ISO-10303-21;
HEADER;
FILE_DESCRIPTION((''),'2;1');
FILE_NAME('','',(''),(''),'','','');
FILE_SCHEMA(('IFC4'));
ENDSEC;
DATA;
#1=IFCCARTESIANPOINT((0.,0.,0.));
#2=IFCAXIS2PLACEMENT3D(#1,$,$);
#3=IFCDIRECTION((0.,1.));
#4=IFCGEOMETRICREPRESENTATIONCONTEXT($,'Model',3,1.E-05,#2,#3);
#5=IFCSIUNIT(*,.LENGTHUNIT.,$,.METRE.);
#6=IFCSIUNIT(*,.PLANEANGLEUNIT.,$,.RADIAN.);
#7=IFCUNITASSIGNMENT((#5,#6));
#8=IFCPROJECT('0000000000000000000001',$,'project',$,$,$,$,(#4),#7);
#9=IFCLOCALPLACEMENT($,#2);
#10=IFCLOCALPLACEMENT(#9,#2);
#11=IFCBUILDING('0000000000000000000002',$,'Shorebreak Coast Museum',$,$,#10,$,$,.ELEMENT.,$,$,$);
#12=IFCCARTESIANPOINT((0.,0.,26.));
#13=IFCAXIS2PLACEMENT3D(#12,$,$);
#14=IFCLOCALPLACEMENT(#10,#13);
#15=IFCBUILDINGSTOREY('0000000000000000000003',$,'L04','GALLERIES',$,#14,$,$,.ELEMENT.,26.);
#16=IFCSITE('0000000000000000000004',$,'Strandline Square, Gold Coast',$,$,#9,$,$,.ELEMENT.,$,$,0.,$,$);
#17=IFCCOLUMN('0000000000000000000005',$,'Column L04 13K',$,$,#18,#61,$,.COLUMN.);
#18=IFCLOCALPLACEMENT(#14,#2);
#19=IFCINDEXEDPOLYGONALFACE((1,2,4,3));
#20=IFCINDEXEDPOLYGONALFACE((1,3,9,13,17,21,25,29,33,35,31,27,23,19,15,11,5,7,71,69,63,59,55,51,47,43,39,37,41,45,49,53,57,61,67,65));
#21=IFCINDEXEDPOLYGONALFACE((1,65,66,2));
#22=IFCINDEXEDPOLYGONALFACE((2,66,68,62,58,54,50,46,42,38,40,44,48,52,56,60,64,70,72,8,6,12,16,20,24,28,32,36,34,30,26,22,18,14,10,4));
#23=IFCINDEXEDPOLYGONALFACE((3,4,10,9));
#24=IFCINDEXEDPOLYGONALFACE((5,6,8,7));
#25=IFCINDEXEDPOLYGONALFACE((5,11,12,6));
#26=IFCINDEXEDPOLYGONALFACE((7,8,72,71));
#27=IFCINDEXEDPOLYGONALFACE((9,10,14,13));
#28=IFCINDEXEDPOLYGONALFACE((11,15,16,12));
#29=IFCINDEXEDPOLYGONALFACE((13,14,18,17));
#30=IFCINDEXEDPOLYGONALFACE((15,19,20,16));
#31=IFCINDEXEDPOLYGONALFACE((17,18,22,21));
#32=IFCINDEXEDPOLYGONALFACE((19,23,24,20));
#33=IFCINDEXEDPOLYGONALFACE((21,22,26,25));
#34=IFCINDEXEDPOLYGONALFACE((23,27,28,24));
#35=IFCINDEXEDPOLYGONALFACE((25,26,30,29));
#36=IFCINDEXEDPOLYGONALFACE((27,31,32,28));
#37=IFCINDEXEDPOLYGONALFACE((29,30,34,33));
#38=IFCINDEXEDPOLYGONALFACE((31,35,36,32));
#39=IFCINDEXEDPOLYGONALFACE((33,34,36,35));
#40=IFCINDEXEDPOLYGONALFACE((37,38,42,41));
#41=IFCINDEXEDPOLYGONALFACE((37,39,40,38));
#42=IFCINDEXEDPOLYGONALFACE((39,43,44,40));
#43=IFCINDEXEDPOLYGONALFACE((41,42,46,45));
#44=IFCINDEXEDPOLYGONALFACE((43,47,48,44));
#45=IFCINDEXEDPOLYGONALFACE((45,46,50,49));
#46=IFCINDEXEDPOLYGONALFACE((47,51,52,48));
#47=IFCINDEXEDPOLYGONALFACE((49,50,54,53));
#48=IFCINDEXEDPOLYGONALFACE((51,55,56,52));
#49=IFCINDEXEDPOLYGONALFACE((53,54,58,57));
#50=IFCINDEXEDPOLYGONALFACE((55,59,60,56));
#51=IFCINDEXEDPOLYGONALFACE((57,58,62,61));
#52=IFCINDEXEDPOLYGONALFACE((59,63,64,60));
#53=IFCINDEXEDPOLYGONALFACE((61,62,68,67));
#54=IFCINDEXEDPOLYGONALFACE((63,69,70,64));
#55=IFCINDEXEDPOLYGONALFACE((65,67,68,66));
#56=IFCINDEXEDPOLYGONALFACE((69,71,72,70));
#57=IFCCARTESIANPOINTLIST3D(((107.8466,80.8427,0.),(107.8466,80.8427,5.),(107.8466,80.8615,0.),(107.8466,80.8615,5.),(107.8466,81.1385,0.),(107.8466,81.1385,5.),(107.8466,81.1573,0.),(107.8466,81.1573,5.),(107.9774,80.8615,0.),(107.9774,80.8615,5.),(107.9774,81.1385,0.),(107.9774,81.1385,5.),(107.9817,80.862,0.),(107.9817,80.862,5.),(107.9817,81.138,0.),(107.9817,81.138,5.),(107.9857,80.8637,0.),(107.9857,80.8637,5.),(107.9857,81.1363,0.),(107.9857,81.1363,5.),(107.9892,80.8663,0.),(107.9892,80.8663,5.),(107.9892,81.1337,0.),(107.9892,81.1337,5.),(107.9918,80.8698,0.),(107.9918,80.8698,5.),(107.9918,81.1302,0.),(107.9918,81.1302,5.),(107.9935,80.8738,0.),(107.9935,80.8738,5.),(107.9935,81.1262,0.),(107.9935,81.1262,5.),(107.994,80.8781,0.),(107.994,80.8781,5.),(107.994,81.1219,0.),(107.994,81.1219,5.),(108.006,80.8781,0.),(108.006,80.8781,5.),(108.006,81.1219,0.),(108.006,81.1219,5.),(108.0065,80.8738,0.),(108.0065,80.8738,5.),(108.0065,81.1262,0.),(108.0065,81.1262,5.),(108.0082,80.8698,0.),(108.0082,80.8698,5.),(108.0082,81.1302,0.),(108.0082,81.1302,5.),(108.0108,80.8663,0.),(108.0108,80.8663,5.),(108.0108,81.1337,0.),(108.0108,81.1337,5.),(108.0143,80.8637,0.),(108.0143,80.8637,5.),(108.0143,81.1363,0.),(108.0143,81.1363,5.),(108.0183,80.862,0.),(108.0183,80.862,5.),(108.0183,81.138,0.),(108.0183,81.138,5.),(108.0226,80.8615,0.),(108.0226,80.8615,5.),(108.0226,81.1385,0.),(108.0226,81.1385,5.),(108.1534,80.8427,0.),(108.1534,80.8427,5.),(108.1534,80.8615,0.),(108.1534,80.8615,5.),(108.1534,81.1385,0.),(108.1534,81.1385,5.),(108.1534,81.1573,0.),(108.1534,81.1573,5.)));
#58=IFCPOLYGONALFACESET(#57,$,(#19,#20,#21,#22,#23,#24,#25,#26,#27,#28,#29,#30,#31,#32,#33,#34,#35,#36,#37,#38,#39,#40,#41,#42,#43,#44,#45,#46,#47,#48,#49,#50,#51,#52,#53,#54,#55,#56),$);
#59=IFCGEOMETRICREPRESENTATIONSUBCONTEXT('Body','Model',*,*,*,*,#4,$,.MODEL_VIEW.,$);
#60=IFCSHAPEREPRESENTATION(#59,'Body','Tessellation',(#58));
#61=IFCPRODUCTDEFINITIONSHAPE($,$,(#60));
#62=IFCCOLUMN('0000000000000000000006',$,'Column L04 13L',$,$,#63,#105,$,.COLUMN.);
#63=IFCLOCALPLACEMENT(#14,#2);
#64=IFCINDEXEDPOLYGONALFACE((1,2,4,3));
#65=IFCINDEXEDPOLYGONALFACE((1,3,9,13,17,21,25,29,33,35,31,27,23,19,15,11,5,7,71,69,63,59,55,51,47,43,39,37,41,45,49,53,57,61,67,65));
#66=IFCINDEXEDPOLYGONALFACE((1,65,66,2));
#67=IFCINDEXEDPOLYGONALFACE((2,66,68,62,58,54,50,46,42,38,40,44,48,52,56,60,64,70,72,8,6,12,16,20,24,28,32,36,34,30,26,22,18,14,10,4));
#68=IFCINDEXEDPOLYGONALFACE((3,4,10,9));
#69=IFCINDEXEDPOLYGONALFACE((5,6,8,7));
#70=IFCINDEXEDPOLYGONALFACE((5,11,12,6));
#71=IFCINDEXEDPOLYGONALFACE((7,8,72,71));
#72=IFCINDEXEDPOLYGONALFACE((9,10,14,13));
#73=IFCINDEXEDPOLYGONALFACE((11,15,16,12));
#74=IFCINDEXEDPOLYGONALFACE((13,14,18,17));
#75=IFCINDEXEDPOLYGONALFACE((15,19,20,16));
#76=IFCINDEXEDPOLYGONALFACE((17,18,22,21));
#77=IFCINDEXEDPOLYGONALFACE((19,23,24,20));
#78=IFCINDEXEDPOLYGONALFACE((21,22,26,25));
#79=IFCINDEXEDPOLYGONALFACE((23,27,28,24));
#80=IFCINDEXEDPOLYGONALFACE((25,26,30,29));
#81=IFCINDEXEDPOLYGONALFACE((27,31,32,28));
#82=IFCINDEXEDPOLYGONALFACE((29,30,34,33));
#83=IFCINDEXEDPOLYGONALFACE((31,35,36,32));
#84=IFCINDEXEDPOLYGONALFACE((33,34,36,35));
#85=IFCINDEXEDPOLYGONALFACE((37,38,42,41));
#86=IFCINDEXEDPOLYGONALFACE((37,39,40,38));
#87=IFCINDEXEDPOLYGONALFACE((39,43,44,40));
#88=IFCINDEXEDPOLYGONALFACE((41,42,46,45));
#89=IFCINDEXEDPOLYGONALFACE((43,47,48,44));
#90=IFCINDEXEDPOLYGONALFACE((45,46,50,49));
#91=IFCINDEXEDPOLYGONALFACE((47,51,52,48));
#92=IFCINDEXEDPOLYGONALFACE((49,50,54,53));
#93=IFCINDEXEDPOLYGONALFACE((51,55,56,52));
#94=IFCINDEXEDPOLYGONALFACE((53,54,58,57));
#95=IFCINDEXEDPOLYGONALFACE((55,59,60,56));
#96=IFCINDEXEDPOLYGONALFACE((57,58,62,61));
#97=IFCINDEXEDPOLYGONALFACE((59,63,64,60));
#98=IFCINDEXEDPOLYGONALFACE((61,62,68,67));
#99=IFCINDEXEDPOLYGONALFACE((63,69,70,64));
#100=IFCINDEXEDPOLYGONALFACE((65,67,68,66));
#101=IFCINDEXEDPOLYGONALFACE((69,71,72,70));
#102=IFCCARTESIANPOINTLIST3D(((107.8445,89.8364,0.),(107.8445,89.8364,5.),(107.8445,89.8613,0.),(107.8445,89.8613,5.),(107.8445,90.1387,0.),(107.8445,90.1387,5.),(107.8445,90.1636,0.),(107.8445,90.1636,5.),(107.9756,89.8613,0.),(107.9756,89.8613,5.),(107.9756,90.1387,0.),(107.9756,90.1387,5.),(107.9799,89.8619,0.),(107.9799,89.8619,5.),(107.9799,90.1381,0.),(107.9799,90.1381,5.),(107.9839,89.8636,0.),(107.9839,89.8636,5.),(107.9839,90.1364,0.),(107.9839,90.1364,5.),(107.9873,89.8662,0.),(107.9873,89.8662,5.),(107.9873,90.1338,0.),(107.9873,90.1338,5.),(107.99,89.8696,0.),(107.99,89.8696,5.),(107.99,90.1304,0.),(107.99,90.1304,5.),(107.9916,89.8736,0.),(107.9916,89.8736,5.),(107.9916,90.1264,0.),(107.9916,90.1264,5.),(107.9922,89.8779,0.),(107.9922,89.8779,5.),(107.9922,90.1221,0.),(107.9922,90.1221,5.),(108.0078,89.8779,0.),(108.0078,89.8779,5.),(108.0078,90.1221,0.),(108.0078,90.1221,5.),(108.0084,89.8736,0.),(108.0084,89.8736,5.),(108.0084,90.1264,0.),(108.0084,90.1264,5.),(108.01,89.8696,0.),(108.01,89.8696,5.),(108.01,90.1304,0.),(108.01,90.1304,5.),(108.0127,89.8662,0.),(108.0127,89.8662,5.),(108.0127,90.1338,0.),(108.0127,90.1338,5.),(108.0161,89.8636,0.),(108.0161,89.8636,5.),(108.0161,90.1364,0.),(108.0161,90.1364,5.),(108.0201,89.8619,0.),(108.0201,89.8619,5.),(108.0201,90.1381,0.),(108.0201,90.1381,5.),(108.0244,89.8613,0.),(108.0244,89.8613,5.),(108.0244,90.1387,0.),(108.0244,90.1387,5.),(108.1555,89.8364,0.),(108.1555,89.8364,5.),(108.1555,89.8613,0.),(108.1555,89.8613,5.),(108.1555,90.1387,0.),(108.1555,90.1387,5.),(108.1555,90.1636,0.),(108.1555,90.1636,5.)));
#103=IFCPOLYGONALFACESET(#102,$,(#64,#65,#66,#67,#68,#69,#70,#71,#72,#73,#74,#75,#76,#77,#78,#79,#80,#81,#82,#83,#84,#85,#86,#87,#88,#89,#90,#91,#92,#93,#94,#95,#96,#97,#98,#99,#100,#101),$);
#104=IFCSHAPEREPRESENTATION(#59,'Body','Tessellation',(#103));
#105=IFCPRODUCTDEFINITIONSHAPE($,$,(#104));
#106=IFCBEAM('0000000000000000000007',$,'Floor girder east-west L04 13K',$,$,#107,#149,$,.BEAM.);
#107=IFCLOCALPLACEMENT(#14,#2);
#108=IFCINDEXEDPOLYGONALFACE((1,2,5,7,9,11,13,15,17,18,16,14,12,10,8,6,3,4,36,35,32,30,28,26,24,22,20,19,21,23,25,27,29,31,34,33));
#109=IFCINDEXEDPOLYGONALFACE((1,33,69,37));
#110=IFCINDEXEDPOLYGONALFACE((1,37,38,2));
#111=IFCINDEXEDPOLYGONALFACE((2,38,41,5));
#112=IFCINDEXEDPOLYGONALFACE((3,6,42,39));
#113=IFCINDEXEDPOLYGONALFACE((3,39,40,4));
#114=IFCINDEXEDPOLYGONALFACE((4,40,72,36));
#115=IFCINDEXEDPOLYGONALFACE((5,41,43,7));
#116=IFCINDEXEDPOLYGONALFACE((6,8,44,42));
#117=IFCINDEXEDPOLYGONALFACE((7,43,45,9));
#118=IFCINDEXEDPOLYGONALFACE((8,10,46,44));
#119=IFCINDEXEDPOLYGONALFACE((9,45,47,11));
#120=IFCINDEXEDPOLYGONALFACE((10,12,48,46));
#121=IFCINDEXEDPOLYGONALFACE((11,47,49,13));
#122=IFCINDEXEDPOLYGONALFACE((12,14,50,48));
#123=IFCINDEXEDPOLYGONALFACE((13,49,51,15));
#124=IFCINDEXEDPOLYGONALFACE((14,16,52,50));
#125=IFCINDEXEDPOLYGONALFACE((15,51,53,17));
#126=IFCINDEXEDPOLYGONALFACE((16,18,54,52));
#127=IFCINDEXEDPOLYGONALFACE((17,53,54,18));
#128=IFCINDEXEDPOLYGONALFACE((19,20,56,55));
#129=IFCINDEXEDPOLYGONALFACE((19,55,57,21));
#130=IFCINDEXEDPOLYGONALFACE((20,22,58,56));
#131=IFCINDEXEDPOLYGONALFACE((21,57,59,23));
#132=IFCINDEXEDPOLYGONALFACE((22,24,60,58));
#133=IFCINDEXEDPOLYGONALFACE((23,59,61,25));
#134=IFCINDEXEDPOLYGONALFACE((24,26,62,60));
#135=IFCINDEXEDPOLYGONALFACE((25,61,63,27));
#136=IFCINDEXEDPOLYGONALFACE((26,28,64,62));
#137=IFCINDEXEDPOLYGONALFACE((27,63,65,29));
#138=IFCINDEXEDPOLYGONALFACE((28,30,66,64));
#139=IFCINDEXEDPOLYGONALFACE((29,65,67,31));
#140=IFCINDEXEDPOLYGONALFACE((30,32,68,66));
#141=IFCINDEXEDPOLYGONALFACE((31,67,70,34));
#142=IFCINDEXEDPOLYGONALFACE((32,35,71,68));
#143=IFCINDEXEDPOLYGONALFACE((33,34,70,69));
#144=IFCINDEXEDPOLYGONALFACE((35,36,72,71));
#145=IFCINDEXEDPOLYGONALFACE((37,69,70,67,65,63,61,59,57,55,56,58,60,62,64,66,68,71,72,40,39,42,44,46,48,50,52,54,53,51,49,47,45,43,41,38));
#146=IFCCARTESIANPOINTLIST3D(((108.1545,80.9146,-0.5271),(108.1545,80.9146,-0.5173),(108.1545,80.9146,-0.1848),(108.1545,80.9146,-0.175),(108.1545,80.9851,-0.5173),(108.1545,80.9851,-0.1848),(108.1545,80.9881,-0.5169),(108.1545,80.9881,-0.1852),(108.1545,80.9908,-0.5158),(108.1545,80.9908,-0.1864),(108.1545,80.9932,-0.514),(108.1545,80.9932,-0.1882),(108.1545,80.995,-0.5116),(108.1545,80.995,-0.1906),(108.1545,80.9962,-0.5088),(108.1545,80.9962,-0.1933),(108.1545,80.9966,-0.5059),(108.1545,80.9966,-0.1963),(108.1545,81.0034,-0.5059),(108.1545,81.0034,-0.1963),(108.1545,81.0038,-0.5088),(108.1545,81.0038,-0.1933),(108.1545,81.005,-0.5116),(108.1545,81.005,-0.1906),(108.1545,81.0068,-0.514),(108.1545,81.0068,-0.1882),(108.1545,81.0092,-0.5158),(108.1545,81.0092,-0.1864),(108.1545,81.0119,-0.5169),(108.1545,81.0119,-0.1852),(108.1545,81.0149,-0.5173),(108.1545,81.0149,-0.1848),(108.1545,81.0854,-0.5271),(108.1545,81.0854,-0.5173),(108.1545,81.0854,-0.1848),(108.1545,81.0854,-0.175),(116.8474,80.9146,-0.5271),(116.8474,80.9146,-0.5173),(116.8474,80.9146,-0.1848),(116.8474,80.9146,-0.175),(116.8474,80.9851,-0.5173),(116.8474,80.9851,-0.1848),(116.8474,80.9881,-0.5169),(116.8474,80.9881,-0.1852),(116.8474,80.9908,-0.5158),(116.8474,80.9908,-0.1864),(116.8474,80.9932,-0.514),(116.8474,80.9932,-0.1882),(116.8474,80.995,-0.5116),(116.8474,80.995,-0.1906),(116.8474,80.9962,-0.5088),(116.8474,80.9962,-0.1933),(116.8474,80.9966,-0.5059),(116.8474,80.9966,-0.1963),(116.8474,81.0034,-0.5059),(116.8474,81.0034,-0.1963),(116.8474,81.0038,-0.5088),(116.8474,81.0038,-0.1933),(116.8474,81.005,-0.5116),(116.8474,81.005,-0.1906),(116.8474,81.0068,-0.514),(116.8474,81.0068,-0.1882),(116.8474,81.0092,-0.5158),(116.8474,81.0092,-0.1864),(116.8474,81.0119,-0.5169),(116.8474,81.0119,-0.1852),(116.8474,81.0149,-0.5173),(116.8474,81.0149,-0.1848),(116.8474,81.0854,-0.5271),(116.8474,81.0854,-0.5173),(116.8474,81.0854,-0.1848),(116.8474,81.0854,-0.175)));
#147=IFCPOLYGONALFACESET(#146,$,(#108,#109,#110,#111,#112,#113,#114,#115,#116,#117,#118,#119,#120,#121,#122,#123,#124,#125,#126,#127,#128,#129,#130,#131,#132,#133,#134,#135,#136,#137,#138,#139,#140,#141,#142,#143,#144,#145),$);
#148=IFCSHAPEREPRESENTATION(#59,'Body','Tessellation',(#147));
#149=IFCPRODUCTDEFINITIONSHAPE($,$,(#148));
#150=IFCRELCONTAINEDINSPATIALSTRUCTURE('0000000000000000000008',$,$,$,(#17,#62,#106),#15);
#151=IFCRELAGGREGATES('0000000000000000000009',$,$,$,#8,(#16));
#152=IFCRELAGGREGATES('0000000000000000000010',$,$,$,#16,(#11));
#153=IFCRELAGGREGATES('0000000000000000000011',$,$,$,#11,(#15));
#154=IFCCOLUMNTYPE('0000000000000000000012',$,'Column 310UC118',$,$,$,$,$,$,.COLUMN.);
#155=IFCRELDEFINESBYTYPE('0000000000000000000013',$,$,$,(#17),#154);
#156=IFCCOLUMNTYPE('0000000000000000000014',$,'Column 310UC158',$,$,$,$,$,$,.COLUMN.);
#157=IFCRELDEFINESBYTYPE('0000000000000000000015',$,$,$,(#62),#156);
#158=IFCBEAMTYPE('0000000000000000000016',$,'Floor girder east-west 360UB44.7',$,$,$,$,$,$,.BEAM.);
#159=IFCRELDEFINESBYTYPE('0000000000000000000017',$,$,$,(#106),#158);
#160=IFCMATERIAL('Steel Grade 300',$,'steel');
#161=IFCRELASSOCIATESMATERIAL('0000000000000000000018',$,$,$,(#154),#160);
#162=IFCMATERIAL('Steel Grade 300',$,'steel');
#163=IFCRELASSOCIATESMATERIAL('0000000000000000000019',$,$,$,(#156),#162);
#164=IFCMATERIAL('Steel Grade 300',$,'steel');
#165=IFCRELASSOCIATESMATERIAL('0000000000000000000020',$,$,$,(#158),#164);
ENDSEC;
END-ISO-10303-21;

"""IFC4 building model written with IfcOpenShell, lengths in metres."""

from ifc_helpers import new_model, si_unit, direction, frame, origin, origin_2d, place, context, subcontext, project, spatial, i_section, extrude, material, material_profile, profile_set, type_object, element, save


model = new_model("IFC4")

# Units and contexts
model_context = context("Model", 3, precision=1e-05, world=origin(), true_north=direction((0.0, 1.0)))
body_context = subcontext(model_context, "Body", "Model", "MODEL_VIEW")
ifc_project = project(units=[si_unit("LENGTHUNIT", "METRE"), si_unit("PLANEANGLEUNIT", "RADIAN")], contexts=[model_context])

# Site, building, storey
site_placement = place(None, origin())
site = spatial("IfcSite", under=ifc_project, at=site_placement, Name="Strandline Square, Gold Coast", CompositionType="ELEMENT", RefElevation=0.0)
building_placement = place(site_placement, origin())
building = spatial("IfcBuilding", under=site, at=building_placement, Name="Shorebreak Coast Museum", CompositionType="ELEMENT")
storey_placement = place(building_placement, frame((0.0, 0.0, 26.0)))
storey = spatial("IfcBuildingStorey", under=building, at=storey_placement, Name="L04", Description="GALLERIES", CompositionType="ELEMENT", Elevation=26.0)

# Columns
ifc_material_1 = material(Name="Steel Grade 300", Category="steel")
ifc_material_profile_1 = material_profile(ifc_material_1, i_section(OverallWidth=0.3069, OverallDepth=0.3147, WebThickness=0.012, FlangeThickness=0.0188, FilletRadius=0.0166, at=origin_2d()), Name="310UC118")
ifc_profile_set_1 = profile_set([ifc_material_profile_1], Name="Steel Grade 300")
column_type_1 = type_object("IfcColumnType", Name="Column 310UC118", PredefinedType="COLUMN", material=ifc_profile_set_1)
column_1_placement = place(storey_placement, frame((108.0, 81.0, 0.0), z_axis=(0.0, 0.0, 1.0), x_axis=(1.0, 0.0, 0.0)))
element("IfcColumn", 1, at=column_1_placement, inside=storey, type_object=column_type_1, Name="Column L04 13K", PredefinedType="COLUMN", context=body_context, shape_type="SweptSolid", body=[
    extrude(i_section(OverallWidth=0.3069, OverallDepth=0.3147, WebThickness=0.012, FlangeThickness=0.0188, FilletRadius=0.0166, at=origin_2d()), origin(), (0.0, 0.0, 1.0), 5.0),
])
ifc_material_2 = material(Name="Steel Grade 300", Category="steel")
ifc_material_profile_2 = material_profile(ifc_material_2, i_section(OverallWidth=0.311, OverallDepth=0.3271, WebThickness=0.0156, FlangeThickness=0.0249, FilletRadius=0.0166, at=origin_2d()), Name="310UC158")
ifc_profile_set_2 = profile_set([ifc_material_profile_2], Name="Steel Grade 300")
column_type_2 = type_object("IfcColumnType", Name="Column 310UC158", PredefinedType="COLUMN", material=ifc_profile_set_2)
column_2_placement = place(storey_placement, frame((108.0, 90.0, 0.0), z_axis=(0.0, 0.0, 1.0), x_axis=(1.0, 0.0, 0.0)))
element("IfcColumn", 2, at=column_2_placement, inside=storey, type_object=column_type_2, Name="Column L04 13L", PredefinedType="COLUMN", context=body_context, shape_type="SweptSolid", body=[
    extrude(i_section(OverallWidth=0.311, OverallDepth=0.3271, WebThickness=0.0156, FlangeThickness=0.0249, FilletRadius=0.0166, at=origin_2d()), origin(), (0.0, 0.0, 1.0), 5.0),
])

# Beam
ifc_material_3 = material(Name="Steel Grade 300", Category="steel")
ifc_material_profile_3 = material_profile(ifc_material_3, i_section(OverallWidth=0.1709, OverallDepth=0.3521, WebThickness=0.0068, FlangeThickness=0.0098, FilletRadius=0.0115, at=origin_2d()), Name="360UB44.7")
ifc_profile_set_3 = profile_set([ifc_material_profile_3], Name="Steel Grade 300")
beam_type_1 = type_object("IfcBeamType", Name="Floor girder east-west 360UB44.7", PredefinedType="BEAM", material=ifc_profile_set_3)
beam_1_placement = place(storey_placement, frame((108.1545, 81.0, -0.3511), z_axis=(1.0, 0.0, 0.0), x_axis=(0.0, 1.0, 0.0)))
element("IfcBeam", 3, at=beam_1_placement, inside=storey, type_object=beam_type_1, Name="Floor girder east-west L04 13K", PredefinedType="BEAM", context=body_context, shape_type="SweptSolid", body=[
    extrude(i_section(OverallWidth=0.1709, OverallDepth=0.3521, WebThickness=0.0068, FlangeThickness=0.0098, FilletRadius=0.0115, at=origin_2d()), origin(), (0.0, 0.0, 1.0), 8.6929),
])

save(model, "model.ifc")
